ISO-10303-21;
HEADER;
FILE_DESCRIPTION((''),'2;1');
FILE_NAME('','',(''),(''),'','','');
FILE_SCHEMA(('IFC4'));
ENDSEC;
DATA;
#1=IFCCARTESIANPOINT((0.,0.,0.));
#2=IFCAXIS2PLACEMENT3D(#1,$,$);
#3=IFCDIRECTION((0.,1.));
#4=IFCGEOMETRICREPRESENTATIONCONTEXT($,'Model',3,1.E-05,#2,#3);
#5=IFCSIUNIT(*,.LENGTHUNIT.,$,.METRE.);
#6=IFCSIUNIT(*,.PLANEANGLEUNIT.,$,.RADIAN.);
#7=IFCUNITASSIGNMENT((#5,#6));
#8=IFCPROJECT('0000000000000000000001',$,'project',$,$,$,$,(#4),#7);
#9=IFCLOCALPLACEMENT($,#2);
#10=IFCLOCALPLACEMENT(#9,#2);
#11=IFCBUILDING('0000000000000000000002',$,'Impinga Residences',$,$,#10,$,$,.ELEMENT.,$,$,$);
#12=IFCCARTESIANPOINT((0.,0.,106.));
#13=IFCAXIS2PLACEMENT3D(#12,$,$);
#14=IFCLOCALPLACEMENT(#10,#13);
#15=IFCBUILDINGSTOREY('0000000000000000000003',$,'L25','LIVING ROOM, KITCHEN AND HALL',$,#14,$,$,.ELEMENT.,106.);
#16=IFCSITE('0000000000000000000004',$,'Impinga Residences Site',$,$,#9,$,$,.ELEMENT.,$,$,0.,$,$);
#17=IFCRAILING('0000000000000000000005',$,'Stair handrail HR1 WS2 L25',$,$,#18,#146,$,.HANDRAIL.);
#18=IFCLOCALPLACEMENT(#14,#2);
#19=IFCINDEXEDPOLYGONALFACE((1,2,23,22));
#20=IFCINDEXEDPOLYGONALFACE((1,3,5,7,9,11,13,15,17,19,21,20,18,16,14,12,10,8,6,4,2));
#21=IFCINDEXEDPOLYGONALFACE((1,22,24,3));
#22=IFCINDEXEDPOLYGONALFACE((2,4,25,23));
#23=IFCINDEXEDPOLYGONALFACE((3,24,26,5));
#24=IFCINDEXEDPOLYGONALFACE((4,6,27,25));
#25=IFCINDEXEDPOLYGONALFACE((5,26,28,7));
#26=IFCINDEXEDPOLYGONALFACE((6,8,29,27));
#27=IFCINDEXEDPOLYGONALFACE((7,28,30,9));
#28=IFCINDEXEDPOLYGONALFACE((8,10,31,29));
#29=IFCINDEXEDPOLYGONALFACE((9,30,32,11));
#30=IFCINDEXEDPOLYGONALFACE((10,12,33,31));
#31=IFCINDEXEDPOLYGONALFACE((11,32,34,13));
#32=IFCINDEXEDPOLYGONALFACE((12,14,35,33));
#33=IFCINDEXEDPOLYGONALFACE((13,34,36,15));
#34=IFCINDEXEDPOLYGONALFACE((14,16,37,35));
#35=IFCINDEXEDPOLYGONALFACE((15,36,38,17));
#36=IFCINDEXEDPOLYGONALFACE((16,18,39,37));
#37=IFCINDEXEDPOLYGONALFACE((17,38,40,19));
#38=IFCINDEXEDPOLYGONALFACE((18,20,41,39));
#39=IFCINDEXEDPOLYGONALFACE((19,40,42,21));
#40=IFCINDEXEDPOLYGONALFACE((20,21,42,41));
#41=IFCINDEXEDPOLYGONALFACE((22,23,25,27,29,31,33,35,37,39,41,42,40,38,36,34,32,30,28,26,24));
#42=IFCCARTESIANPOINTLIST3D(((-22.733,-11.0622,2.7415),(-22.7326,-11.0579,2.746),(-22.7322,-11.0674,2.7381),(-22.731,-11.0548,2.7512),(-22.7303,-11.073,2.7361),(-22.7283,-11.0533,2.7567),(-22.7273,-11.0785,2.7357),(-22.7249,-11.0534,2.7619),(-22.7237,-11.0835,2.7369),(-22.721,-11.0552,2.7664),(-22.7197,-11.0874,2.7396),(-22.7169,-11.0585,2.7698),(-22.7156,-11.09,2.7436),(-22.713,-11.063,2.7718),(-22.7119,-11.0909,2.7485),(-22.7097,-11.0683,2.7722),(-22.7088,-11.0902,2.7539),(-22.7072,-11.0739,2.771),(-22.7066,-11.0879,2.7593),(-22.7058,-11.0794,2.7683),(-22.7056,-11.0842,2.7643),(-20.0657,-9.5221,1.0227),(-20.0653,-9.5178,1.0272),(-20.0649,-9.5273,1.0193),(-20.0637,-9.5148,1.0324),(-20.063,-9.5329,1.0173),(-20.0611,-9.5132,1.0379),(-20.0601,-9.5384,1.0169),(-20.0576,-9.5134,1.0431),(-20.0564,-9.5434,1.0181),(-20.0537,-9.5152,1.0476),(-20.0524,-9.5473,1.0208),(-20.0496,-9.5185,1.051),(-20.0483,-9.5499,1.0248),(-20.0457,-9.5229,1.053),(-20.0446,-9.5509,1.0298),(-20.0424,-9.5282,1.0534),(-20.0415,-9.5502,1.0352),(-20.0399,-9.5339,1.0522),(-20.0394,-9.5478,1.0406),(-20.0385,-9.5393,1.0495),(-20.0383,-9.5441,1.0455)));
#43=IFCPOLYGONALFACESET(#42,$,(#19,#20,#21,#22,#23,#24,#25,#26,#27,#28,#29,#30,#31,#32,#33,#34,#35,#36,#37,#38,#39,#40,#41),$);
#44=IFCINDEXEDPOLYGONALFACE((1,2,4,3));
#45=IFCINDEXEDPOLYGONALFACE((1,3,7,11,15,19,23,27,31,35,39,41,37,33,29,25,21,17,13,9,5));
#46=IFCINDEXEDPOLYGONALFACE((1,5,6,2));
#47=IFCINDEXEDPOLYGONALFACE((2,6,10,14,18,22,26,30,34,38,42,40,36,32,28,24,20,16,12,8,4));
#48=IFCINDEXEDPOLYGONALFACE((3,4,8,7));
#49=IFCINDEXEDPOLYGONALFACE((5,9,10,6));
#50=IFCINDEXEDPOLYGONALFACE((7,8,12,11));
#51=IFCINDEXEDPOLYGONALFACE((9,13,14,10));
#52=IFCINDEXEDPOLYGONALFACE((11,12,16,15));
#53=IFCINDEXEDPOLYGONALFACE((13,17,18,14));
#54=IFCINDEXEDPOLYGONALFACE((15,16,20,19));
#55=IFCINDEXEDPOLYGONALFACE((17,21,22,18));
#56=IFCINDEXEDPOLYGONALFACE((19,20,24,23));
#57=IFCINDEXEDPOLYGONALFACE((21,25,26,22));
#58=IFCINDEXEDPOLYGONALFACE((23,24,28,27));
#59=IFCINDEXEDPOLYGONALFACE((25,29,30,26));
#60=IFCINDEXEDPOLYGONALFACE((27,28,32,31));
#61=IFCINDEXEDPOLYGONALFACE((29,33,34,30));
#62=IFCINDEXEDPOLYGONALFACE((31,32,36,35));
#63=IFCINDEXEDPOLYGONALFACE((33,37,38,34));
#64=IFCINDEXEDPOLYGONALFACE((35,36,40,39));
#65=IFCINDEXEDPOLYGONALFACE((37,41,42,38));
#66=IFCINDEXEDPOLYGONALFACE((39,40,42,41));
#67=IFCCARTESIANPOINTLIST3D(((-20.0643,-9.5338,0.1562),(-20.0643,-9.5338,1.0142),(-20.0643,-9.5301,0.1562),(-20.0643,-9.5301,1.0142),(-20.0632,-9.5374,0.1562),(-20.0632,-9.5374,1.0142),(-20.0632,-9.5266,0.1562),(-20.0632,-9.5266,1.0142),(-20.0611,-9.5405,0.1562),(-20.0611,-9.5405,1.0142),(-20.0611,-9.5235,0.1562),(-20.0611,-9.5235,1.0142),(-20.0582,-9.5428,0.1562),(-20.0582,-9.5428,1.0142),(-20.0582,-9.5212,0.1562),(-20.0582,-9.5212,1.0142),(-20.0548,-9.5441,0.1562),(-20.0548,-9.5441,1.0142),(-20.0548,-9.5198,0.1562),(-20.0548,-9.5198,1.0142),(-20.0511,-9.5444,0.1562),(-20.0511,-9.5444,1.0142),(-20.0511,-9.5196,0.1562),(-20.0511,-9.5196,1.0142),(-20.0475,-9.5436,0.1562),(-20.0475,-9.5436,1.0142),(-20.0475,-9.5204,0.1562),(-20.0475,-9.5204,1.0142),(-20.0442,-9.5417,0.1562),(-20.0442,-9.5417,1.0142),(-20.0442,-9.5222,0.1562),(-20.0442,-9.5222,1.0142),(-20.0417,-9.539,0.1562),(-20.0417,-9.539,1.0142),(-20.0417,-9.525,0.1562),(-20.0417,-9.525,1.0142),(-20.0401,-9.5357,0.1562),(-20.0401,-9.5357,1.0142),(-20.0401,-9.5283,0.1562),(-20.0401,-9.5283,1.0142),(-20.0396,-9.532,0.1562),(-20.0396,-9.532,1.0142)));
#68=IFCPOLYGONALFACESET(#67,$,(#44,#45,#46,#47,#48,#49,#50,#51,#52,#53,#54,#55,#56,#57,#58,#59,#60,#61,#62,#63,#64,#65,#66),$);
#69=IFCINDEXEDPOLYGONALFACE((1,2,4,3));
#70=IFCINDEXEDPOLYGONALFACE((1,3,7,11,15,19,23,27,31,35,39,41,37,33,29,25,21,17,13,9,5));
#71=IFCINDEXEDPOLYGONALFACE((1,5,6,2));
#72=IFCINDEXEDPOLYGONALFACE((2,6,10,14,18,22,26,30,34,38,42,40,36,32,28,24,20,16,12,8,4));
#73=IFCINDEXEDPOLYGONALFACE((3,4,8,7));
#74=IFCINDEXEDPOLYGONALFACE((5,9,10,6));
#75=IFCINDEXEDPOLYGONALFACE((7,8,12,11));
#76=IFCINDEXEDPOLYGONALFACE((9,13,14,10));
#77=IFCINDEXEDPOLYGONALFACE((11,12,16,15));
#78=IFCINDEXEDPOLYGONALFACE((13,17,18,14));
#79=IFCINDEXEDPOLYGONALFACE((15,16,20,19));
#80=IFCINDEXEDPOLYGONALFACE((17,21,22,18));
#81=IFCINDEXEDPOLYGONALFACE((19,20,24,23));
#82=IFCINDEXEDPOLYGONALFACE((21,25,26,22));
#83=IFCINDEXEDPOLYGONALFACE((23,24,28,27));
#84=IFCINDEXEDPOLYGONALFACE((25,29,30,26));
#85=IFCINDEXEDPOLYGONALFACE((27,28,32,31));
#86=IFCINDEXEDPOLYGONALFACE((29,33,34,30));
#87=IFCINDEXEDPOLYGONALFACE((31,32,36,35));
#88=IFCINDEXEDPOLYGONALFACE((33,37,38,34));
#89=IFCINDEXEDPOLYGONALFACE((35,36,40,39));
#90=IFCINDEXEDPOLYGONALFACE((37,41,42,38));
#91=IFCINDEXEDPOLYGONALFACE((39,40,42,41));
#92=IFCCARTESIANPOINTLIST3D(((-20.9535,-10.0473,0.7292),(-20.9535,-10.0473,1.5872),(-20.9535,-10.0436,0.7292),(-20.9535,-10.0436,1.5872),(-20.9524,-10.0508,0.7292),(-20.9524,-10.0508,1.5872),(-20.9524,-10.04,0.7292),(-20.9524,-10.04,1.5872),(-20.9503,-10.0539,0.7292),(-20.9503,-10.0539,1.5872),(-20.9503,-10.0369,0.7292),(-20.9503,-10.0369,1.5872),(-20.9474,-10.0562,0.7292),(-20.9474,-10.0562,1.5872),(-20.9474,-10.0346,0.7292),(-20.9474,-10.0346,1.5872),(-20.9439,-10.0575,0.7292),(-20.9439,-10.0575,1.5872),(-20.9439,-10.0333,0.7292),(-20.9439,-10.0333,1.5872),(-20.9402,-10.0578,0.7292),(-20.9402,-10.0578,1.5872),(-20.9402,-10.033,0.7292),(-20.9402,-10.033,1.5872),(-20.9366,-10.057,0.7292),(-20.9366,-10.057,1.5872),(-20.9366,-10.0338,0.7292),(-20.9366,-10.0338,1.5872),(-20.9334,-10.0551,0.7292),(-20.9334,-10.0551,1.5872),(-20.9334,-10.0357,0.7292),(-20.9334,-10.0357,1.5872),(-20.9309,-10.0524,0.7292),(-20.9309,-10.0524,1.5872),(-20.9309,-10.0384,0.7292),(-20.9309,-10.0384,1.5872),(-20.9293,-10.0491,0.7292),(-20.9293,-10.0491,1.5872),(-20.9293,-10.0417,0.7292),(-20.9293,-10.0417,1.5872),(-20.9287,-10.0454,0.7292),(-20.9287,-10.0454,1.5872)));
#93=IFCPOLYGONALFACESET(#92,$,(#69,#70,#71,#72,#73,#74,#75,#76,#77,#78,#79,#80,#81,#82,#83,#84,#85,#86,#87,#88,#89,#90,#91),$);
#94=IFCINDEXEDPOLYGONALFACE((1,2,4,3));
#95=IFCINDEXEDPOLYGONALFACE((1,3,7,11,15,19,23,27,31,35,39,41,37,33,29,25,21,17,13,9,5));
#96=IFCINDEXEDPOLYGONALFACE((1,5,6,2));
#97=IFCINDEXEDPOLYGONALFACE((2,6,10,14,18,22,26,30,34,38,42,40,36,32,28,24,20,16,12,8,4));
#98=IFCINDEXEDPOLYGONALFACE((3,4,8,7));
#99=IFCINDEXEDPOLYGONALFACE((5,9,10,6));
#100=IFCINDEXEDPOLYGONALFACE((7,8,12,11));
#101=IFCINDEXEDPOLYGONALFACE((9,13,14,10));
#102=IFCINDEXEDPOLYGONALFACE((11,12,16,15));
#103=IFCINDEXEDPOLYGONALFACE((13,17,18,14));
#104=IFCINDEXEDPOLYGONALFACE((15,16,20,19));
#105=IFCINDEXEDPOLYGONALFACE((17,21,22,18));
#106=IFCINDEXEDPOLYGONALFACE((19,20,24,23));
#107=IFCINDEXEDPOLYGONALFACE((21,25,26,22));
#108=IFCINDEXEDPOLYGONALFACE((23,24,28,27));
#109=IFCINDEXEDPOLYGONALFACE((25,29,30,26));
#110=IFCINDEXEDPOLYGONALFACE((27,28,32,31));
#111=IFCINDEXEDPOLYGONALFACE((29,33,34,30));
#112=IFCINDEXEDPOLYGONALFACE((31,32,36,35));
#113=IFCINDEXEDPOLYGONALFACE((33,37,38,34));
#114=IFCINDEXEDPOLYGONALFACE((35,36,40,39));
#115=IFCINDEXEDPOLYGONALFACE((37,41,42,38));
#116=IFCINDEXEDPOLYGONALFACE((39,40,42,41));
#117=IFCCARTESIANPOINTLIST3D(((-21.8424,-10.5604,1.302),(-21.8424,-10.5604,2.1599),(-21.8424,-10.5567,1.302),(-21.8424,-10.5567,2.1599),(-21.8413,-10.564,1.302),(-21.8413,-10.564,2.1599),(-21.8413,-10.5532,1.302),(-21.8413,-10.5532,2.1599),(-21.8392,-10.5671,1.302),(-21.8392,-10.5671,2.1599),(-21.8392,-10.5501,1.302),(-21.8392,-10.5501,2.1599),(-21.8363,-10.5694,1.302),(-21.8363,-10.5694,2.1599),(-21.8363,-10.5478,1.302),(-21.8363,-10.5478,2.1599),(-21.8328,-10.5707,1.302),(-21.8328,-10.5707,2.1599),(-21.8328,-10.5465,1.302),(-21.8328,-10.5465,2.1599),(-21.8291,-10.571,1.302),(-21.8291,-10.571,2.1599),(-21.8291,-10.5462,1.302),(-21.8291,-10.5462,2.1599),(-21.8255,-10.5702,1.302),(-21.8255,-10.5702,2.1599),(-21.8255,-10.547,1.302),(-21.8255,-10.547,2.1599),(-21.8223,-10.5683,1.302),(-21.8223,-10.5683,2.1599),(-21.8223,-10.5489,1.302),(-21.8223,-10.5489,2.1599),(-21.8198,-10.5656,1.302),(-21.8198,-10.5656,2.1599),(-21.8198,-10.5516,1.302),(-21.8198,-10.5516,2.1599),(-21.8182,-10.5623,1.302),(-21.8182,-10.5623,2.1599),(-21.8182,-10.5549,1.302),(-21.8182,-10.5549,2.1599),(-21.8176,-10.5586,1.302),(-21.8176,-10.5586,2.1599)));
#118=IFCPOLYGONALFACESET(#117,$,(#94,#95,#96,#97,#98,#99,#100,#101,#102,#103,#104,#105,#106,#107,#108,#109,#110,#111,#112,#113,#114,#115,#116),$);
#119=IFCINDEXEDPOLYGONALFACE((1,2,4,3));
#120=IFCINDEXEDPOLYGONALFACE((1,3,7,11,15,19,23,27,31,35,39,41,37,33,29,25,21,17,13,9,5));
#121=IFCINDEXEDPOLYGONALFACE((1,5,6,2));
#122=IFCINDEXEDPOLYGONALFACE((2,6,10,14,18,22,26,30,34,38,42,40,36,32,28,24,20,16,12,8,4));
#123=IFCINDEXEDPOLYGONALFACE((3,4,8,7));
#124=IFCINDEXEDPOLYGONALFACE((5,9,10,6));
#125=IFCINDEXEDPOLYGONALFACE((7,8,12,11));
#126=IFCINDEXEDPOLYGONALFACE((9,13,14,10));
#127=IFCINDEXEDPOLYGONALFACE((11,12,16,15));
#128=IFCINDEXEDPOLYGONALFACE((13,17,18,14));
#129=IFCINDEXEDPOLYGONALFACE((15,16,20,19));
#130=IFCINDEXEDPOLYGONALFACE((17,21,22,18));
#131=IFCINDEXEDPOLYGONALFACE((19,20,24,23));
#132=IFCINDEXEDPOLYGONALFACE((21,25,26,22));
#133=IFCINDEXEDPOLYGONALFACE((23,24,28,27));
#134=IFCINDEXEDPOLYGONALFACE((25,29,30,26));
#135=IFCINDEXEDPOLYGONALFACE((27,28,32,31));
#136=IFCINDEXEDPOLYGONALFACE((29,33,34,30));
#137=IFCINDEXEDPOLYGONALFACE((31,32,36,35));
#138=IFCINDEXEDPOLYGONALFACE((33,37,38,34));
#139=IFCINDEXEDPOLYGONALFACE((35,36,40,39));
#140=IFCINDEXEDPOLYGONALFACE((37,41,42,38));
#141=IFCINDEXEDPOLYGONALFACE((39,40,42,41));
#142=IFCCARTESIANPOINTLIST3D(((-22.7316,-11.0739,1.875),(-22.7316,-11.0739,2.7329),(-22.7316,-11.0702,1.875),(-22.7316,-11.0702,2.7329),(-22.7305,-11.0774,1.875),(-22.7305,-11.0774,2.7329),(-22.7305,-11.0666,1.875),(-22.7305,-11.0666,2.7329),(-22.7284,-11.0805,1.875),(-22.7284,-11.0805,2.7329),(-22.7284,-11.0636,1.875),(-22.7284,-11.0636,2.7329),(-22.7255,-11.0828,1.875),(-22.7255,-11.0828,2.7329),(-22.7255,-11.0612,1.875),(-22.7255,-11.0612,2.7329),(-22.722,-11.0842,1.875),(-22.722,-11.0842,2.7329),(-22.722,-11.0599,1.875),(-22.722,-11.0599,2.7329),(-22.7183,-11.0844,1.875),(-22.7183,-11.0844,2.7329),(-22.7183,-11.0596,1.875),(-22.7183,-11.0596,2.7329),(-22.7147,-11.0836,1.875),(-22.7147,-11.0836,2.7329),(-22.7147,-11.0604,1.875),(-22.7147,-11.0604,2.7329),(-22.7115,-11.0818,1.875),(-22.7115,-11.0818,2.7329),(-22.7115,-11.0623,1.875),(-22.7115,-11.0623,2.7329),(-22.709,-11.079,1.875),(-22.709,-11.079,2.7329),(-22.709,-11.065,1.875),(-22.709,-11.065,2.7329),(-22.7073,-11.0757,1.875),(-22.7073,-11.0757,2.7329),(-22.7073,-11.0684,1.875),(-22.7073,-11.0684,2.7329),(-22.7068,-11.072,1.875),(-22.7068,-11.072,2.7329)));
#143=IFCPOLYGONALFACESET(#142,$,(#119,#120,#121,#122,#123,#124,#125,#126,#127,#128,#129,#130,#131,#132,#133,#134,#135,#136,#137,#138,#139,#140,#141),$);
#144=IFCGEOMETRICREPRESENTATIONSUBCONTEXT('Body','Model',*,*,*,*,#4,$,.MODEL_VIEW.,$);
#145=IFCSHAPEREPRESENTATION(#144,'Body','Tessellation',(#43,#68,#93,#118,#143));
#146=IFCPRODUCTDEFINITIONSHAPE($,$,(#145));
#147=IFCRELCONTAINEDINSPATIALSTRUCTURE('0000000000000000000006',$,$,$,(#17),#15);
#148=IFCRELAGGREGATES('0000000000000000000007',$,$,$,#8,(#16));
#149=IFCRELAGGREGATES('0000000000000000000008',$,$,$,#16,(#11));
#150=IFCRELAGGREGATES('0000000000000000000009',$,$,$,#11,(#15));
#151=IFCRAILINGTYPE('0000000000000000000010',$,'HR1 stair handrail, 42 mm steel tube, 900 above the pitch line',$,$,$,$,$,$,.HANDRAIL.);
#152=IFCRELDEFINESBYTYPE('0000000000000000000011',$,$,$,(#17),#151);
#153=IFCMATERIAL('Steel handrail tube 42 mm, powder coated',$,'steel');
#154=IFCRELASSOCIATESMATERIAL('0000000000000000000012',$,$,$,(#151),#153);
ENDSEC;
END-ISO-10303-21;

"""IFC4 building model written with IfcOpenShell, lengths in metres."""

from ifc_helpers import new_model, si_unit, direction, frame, origin, origin_2d, place, context, subcontext, project, spatial, circle, extrude, material, type_object, element, save


model = new_model("IFC4")

# Units and contexts
model_context = context("Model", 3, precision=1e-05, world=origin(), true_north=direction((0.0, 1.0)))
body_context = subcontext(model_context, "Body", "Model", "MODEL_VIEW")
ifc_project = project(units=[si_unit("LENGTHUNIT", "METRE"), si_unit("PLANEANGLEUNIT", "RADIAN")], contexts=[model_context])

# Site, building, storey
site_placement = place(None, origin())
site = spatial("IfcSite", under=ifc_project, at=site_placement, Name="Impinga Residences Site", CompositionType="ELEMENT", RefElevation=0.0)
building_placement = place(site_placement, origin())
building = spatial("IfcBuilding", under=site, at=building_placement, Name="Impinga Residences", CompositionType="ELEMENT")
storey_placement = place(building_placement, frame((0.0, 0.0, 106.0)))
storey = spatial("IfcBuildingStorey", under=building, at=storey_placement, Name="L25", Description="LIVING ROOM, KITCHEN AND HALL", CompositionType="ELEMENT", Elevation=106.0)

# Railing
ifc_material_1 = material(Name="Steel handrail tube 42 mm, powder coated", Category="steel")
railing_type_1 = type_object("IfcRailingType", Name="HR1 stair handrail, 42 mm steel tube, 900 above the pitch line", PredefinedType="HANDRAIL", material=ifc_material_1)
railing_1_placement = place(storey_placement, frame((-20.052, -9.532, 0.1562)))
element("IfcRailing", 1, at=railing_1_placement, inside=storey, type_object=railing_type_1, Name="Stair handrail HR1 WS2 L25", PredefinedType="HANDRAIL", context=body_context, shape_type="SweptSolid", body=[
    extrude(circle(Radius=0.021, at=origin_2d()), frame((0.0, 0.0, 0.8789), z_axis=(-0.756226, -0.436639, 0.487307), x_axis=(0.500027, -0.86601, 0.0)), (0.0, 0.0, 1.0), 3.5271),
    extrude(circle(Radius=0.0125, at=origin_2d()), origin(), (0.0, 0.0, 1.0), 0.8579),
    extrude(circle(Radius=0.0125, at=origin_2d()), frame((-0.8892, -0.5134, 0.573)), (0.0, 0.0, 1.0), 0.8579),
    extrude(circle(Radius=0.0125, at=origin_2d()), frame((-1.7781, -1.0266, 1.1458)), (0.0, 0.0, 1.0), 0.8579),
    extrude(circle(Radius=0.0125, at=origin_2d()), frame((-2.6672, -1.54, 1.7188)), (0.0, 0.0, 1.0), 0.8579),
])

save(model, "model.ifc")
